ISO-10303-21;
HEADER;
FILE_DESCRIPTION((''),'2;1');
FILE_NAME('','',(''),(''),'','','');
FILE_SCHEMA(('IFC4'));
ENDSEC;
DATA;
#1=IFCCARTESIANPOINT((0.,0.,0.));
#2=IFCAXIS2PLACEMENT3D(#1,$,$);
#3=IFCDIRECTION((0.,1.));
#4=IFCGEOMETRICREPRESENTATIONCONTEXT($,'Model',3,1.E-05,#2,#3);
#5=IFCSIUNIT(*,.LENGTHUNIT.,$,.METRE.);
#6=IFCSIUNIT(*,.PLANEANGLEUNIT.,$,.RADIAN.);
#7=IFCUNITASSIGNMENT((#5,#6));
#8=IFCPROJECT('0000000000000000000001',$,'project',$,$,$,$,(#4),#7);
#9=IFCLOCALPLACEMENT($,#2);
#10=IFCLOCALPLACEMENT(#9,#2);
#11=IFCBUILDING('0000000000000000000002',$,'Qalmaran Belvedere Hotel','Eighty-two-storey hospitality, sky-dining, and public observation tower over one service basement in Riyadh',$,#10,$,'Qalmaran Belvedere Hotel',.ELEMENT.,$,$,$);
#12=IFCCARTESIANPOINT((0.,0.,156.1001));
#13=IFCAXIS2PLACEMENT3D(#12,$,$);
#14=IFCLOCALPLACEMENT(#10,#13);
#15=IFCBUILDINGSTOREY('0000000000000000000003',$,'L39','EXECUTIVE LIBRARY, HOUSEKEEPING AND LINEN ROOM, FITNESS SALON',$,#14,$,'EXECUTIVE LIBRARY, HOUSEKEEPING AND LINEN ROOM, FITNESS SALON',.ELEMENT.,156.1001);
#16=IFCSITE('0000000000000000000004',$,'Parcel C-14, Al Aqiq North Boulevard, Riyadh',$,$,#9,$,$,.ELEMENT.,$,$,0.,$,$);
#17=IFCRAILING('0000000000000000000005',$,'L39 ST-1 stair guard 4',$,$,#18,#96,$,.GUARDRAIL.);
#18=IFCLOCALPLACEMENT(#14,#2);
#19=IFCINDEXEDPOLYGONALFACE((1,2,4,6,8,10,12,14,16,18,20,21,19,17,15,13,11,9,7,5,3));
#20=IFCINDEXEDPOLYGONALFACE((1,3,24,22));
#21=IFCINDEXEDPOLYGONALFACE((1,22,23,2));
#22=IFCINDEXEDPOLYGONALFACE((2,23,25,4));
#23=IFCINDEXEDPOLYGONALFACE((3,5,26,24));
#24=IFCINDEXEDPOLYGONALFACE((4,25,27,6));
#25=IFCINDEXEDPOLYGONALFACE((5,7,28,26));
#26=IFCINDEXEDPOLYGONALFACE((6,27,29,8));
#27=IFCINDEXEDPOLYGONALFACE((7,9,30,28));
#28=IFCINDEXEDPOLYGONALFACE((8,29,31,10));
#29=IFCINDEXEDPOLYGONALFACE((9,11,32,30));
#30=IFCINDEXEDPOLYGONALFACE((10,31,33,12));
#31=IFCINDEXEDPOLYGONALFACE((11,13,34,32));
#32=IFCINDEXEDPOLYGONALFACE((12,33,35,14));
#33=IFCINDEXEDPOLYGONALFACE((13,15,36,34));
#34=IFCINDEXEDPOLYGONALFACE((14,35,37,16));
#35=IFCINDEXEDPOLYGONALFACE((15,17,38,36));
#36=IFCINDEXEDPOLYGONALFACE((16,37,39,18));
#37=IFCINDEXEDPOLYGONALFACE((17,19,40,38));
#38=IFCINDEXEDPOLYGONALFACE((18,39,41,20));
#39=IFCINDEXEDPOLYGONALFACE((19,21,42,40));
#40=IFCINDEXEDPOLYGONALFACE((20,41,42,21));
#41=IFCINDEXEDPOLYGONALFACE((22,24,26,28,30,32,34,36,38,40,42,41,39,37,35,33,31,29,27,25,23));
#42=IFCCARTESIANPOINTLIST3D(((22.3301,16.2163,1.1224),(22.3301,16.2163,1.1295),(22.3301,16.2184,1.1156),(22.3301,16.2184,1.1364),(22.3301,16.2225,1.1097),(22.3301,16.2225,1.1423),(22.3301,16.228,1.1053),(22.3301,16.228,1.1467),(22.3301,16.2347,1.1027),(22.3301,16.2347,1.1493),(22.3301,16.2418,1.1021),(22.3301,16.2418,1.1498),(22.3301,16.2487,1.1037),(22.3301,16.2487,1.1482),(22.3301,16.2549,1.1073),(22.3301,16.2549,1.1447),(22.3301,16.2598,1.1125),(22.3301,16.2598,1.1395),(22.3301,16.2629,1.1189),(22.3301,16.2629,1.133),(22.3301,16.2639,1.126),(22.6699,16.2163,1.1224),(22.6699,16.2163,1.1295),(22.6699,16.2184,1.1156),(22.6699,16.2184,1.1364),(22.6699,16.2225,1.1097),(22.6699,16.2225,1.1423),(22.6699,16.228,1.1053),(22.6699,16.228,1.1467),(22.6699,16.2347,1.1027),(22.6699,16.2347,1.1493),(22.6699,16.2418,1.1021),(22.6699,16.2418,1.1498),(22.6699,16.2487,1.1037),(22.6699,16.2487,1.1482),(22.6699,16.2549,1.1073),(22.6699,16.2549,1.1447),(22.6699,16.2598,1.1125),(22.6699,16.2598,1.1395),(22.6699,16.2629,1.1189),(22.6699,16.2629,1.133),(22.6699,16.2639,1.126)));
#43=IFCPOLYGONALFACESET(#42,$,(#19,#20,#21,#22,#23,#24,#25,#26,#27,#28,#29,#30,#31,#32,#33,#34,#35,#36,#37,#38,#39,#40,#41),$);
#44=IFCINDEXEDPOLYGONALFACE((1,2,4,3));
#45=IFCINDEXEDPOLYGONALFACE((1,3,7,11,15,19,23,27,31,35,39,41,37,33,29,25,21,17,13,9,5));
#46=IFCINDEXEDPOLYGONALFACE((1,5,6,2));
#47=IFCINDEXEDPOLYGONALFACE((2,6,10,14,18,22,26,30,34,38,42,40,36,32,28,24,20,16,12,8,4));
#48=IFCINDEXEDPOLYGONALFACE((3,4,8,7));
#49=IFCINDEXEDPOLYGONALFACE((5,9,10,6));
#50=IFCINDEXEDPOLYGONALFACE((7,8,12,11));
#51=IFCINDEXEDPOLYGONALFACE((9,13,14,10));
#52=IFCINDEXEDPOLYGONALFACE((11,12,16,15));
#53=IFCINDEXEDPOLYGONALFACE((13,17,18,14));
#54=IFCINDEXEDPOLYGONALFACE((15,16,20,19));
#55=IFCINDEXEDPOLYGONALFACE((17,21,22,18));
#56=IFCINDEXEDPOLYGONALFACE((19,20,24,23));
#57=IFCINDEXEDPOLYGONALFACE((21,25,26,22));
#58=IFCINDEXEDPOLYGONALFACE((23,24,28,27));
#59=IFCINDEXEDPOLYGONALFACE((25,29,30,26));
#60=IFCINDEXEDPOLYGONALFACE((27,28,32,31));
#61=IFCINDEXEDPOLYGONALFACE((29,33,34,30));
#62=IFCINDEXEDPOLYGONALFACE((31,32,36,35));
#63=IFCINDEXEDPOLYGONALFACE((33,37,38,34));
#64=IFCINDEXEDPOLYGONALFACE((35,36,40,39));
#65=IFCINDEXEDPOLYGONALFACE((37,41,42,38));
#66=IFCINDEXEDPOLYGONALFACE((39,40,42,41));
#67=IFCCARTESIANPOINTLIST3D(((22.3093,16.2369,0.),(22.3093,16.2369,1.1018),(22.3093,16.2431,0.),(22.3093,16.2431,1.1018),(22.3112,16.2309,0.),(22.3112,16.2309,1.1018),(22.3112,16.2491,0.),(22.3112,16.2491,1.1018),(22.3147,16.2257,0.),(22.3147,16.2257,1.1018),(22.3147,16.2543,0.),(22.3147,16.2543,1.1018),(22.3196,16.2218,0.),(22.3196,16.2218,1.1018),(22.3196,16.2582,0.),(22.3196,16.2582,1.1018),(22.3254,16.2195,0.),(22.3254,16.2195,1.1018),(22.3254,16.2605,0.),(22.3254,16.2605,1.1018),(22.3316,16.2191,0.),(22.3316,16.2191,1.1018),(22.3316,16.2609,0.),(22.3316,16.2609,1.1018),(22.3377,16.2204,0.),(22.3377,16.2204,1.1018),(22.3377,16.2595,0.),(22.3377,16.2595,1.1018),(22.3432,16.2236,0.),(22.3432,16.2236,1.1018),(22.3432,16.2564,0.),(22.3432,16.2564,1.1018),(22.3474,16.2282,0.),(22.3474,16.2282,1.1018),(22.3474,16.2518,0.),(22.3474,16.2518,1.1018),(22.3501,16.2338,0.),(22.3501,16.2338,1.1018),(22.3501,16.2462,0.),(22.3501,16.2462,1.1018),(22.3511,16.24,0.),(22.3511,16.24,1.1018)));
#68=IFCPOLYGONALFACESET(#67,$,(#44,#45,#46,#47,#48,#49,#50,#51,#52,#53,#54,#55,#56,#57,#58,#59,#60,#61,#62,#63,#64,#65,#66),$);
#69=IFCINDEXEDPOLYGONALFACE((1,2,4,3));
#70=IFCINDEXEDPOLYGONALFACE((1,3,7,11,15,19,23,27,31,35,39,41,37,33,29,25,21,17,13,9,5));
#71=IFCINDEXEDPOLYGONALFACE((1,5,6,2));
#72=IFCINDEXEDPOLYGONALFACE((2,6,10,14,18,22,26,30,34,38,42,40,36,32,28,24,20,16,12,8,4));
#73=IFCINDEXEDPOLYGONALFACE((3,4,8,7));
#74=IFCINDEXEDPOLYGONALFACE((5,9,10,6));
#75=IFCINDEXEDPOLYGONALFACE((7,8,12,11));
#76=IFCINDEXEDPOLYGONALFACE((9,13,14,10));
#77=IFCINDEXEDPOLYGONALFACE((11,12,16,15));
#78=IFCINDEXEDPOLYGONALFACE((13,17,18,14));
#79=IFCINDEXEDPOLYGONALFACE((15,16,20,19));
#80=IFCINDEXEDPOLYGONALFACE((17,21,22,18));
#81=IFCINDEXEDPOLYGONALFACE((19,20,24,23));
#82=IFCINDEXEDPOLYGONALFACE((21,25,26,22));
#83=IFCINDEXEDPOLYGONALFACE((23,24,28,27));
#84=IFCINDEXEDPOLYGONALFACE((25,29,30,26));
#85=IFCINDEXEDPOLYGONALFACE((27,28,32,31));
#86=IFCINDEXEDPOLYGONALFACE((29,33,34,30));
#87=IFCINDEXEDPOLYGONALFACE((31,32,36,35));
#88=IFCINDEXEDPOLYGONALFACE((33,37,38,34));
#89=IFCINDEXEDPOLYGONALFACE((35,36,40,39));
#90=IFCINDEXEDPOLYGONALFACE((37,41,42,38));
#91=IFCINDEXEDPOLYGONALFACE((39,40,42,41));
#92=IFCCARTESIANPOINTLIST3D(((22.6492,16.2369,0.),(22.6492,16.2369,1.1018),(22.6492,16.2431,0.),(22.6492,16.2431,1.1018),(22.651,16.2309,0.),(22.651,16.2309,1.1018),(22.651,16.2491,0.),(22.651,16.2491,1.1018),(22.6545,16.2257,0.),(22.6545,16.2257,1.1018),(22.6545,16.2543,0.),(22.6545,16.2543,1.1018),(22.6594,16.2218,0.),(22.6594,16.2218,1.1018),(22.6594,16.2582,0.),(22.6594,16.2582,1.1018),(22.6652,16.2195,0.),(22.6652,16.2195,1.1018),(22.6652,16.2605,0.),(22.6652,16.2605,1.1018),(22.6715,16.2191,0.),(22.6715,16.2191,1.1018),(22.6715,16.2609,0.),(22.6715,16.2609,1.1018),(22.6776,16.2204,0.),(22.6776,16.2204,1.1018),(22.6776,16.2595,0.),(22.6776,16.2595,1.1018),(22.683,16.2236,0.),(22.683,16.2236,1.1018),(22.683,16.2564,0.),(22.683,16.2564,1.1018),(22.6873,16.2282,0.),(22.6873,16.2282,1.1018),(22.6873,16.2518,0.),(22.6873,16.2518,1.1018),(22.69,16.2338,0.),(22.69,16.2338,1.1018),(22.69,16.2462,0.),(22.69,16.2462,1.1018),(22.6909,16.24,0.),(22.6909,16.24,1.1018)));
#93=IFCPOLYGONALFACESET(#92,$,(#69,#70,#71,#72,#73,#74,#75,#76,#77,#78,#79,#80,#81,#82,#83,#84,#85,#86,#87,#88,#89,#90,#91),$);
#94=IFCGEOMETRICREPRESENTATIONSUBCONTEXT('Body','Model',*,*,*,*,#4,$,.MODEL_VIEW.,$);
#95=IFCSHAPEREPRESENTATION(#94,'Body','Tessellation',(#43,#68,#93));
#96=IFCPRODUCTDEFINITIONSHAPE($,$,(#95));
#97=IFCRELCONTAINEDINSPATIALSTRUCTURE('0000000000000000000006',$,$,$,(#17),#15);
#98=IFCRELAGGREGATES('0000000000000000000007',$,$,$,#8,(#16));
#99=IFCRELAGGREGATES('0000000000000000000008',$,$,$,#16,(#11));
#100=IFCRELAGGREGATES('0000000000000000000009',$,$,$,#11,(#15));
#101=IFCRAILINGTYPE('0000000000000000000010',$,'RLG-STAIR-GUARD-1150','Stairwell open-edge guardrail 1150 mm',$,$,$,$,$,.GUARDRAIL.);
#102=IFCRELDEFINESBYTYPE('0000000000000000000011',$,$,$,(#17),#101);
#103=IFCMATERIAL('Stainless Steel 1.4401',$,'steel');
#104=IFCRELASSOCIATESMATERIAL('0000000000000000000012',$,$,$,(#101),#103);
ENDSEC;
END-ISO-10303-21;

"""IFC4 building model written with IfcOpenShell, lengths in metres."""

from ifc_helpers import new_model, si_unit, direction, frame, origin, origin_2d, place, context, subcontext, project, spatial, circle, extrude, material, type_object, element, save


model = new_model("IFC4")

# Units and contexts
model_context = context("Model", 3, precision=1e-05, world=origin(), true_north=direction((0.0, 1.0)))
body_context = subcontext(model_context, "Body", "Model", "MODEL_VIEW")
ifc_project = project(units=[si_unit("LENGTHUNIT", "METRE"), si_unit("PLANEANGLEUNIT", "RADIAN")], contexts=[model_context])

# Site, building, storey
site_placement = place(None, origin())
site = spatial("IfcSite", under=ifc_project, at=site_placement, Name="Parcel C-14, Al Aqiq North Boulevard, Riyadh", CompositionType="ELEMENT", RefElevation=0.0)
building_placement = place(site_placement, origin())
building = spatial("IfcBuilding", under=site, at=building_placement, Name="Qalmaran Belvedere Hotel", Description="Eighty-two-storey hospitality, sky-dining, and public observation tower over one service basement in Riyadh", LongName="Qalmaran Belvedere Hotel", CompositionType="ELEMENT")
storey_placement = place(building_placement, frame((0.0, 0.0, 156.1001)))
storey = spatial("IfcBuildingStorey", under=building, at=storey_placement, Name="L39", Description="EXECUTIVE LIBRARY, HOUSEKEEPING AND LINEN ROOM, FITNESS SALON", LongName="EXECUTIVE LIBRARY, HOUSEKEEPING AND LINEN ROOM, FITNESS SALON", CompositionType="ELEMENT", Elevation=156.1001)

# Shared definitions
ifc_material_1 = material(Name="Stainless Steel 1.4401", Category="steel")

# Railing
railing_type_1 = type_object("IfcRailingType", Name="RLG-STAIR-GUARD-1150", Description="Stairwell open-edge guardrail 1150 mm", PredefinedType="GUARDRAIL", material=ifc_material_1)
railing_1_placement = place(storey_placement, frame((22.3301, 16.24, 0.0)))
element("IfcRailing", 1, at=railing_1_placement, inside=storey, type_object=railing_type_1, Name="L39 ST-1 stair guard 4", PredefinedType="GUARDRAIL", context=body_context, shape_type="SweptSolid", body=[
    extrude(circle(Radius=0.0239, at=origin_2d()), frame((0.0, 0.0, 1.126), z_axis=(1.0, 0.0, 0.0), x_axis=(0.0, 1.0, 0.0)), (0.0, 0.0, 1.0), 0.3398),
    extrude(circle(Radius=0.021, at=origin_2d()), origin(), (0.0, 0.0, 1.0), 1.1018),
    extrude(circle(Radius=0.021, at=origin_2d()), frame((0.3398, 0.0, 0.0)), (0.0, 0.0, 1.0), 1.1018),
])

save(model, "model.ifc")
